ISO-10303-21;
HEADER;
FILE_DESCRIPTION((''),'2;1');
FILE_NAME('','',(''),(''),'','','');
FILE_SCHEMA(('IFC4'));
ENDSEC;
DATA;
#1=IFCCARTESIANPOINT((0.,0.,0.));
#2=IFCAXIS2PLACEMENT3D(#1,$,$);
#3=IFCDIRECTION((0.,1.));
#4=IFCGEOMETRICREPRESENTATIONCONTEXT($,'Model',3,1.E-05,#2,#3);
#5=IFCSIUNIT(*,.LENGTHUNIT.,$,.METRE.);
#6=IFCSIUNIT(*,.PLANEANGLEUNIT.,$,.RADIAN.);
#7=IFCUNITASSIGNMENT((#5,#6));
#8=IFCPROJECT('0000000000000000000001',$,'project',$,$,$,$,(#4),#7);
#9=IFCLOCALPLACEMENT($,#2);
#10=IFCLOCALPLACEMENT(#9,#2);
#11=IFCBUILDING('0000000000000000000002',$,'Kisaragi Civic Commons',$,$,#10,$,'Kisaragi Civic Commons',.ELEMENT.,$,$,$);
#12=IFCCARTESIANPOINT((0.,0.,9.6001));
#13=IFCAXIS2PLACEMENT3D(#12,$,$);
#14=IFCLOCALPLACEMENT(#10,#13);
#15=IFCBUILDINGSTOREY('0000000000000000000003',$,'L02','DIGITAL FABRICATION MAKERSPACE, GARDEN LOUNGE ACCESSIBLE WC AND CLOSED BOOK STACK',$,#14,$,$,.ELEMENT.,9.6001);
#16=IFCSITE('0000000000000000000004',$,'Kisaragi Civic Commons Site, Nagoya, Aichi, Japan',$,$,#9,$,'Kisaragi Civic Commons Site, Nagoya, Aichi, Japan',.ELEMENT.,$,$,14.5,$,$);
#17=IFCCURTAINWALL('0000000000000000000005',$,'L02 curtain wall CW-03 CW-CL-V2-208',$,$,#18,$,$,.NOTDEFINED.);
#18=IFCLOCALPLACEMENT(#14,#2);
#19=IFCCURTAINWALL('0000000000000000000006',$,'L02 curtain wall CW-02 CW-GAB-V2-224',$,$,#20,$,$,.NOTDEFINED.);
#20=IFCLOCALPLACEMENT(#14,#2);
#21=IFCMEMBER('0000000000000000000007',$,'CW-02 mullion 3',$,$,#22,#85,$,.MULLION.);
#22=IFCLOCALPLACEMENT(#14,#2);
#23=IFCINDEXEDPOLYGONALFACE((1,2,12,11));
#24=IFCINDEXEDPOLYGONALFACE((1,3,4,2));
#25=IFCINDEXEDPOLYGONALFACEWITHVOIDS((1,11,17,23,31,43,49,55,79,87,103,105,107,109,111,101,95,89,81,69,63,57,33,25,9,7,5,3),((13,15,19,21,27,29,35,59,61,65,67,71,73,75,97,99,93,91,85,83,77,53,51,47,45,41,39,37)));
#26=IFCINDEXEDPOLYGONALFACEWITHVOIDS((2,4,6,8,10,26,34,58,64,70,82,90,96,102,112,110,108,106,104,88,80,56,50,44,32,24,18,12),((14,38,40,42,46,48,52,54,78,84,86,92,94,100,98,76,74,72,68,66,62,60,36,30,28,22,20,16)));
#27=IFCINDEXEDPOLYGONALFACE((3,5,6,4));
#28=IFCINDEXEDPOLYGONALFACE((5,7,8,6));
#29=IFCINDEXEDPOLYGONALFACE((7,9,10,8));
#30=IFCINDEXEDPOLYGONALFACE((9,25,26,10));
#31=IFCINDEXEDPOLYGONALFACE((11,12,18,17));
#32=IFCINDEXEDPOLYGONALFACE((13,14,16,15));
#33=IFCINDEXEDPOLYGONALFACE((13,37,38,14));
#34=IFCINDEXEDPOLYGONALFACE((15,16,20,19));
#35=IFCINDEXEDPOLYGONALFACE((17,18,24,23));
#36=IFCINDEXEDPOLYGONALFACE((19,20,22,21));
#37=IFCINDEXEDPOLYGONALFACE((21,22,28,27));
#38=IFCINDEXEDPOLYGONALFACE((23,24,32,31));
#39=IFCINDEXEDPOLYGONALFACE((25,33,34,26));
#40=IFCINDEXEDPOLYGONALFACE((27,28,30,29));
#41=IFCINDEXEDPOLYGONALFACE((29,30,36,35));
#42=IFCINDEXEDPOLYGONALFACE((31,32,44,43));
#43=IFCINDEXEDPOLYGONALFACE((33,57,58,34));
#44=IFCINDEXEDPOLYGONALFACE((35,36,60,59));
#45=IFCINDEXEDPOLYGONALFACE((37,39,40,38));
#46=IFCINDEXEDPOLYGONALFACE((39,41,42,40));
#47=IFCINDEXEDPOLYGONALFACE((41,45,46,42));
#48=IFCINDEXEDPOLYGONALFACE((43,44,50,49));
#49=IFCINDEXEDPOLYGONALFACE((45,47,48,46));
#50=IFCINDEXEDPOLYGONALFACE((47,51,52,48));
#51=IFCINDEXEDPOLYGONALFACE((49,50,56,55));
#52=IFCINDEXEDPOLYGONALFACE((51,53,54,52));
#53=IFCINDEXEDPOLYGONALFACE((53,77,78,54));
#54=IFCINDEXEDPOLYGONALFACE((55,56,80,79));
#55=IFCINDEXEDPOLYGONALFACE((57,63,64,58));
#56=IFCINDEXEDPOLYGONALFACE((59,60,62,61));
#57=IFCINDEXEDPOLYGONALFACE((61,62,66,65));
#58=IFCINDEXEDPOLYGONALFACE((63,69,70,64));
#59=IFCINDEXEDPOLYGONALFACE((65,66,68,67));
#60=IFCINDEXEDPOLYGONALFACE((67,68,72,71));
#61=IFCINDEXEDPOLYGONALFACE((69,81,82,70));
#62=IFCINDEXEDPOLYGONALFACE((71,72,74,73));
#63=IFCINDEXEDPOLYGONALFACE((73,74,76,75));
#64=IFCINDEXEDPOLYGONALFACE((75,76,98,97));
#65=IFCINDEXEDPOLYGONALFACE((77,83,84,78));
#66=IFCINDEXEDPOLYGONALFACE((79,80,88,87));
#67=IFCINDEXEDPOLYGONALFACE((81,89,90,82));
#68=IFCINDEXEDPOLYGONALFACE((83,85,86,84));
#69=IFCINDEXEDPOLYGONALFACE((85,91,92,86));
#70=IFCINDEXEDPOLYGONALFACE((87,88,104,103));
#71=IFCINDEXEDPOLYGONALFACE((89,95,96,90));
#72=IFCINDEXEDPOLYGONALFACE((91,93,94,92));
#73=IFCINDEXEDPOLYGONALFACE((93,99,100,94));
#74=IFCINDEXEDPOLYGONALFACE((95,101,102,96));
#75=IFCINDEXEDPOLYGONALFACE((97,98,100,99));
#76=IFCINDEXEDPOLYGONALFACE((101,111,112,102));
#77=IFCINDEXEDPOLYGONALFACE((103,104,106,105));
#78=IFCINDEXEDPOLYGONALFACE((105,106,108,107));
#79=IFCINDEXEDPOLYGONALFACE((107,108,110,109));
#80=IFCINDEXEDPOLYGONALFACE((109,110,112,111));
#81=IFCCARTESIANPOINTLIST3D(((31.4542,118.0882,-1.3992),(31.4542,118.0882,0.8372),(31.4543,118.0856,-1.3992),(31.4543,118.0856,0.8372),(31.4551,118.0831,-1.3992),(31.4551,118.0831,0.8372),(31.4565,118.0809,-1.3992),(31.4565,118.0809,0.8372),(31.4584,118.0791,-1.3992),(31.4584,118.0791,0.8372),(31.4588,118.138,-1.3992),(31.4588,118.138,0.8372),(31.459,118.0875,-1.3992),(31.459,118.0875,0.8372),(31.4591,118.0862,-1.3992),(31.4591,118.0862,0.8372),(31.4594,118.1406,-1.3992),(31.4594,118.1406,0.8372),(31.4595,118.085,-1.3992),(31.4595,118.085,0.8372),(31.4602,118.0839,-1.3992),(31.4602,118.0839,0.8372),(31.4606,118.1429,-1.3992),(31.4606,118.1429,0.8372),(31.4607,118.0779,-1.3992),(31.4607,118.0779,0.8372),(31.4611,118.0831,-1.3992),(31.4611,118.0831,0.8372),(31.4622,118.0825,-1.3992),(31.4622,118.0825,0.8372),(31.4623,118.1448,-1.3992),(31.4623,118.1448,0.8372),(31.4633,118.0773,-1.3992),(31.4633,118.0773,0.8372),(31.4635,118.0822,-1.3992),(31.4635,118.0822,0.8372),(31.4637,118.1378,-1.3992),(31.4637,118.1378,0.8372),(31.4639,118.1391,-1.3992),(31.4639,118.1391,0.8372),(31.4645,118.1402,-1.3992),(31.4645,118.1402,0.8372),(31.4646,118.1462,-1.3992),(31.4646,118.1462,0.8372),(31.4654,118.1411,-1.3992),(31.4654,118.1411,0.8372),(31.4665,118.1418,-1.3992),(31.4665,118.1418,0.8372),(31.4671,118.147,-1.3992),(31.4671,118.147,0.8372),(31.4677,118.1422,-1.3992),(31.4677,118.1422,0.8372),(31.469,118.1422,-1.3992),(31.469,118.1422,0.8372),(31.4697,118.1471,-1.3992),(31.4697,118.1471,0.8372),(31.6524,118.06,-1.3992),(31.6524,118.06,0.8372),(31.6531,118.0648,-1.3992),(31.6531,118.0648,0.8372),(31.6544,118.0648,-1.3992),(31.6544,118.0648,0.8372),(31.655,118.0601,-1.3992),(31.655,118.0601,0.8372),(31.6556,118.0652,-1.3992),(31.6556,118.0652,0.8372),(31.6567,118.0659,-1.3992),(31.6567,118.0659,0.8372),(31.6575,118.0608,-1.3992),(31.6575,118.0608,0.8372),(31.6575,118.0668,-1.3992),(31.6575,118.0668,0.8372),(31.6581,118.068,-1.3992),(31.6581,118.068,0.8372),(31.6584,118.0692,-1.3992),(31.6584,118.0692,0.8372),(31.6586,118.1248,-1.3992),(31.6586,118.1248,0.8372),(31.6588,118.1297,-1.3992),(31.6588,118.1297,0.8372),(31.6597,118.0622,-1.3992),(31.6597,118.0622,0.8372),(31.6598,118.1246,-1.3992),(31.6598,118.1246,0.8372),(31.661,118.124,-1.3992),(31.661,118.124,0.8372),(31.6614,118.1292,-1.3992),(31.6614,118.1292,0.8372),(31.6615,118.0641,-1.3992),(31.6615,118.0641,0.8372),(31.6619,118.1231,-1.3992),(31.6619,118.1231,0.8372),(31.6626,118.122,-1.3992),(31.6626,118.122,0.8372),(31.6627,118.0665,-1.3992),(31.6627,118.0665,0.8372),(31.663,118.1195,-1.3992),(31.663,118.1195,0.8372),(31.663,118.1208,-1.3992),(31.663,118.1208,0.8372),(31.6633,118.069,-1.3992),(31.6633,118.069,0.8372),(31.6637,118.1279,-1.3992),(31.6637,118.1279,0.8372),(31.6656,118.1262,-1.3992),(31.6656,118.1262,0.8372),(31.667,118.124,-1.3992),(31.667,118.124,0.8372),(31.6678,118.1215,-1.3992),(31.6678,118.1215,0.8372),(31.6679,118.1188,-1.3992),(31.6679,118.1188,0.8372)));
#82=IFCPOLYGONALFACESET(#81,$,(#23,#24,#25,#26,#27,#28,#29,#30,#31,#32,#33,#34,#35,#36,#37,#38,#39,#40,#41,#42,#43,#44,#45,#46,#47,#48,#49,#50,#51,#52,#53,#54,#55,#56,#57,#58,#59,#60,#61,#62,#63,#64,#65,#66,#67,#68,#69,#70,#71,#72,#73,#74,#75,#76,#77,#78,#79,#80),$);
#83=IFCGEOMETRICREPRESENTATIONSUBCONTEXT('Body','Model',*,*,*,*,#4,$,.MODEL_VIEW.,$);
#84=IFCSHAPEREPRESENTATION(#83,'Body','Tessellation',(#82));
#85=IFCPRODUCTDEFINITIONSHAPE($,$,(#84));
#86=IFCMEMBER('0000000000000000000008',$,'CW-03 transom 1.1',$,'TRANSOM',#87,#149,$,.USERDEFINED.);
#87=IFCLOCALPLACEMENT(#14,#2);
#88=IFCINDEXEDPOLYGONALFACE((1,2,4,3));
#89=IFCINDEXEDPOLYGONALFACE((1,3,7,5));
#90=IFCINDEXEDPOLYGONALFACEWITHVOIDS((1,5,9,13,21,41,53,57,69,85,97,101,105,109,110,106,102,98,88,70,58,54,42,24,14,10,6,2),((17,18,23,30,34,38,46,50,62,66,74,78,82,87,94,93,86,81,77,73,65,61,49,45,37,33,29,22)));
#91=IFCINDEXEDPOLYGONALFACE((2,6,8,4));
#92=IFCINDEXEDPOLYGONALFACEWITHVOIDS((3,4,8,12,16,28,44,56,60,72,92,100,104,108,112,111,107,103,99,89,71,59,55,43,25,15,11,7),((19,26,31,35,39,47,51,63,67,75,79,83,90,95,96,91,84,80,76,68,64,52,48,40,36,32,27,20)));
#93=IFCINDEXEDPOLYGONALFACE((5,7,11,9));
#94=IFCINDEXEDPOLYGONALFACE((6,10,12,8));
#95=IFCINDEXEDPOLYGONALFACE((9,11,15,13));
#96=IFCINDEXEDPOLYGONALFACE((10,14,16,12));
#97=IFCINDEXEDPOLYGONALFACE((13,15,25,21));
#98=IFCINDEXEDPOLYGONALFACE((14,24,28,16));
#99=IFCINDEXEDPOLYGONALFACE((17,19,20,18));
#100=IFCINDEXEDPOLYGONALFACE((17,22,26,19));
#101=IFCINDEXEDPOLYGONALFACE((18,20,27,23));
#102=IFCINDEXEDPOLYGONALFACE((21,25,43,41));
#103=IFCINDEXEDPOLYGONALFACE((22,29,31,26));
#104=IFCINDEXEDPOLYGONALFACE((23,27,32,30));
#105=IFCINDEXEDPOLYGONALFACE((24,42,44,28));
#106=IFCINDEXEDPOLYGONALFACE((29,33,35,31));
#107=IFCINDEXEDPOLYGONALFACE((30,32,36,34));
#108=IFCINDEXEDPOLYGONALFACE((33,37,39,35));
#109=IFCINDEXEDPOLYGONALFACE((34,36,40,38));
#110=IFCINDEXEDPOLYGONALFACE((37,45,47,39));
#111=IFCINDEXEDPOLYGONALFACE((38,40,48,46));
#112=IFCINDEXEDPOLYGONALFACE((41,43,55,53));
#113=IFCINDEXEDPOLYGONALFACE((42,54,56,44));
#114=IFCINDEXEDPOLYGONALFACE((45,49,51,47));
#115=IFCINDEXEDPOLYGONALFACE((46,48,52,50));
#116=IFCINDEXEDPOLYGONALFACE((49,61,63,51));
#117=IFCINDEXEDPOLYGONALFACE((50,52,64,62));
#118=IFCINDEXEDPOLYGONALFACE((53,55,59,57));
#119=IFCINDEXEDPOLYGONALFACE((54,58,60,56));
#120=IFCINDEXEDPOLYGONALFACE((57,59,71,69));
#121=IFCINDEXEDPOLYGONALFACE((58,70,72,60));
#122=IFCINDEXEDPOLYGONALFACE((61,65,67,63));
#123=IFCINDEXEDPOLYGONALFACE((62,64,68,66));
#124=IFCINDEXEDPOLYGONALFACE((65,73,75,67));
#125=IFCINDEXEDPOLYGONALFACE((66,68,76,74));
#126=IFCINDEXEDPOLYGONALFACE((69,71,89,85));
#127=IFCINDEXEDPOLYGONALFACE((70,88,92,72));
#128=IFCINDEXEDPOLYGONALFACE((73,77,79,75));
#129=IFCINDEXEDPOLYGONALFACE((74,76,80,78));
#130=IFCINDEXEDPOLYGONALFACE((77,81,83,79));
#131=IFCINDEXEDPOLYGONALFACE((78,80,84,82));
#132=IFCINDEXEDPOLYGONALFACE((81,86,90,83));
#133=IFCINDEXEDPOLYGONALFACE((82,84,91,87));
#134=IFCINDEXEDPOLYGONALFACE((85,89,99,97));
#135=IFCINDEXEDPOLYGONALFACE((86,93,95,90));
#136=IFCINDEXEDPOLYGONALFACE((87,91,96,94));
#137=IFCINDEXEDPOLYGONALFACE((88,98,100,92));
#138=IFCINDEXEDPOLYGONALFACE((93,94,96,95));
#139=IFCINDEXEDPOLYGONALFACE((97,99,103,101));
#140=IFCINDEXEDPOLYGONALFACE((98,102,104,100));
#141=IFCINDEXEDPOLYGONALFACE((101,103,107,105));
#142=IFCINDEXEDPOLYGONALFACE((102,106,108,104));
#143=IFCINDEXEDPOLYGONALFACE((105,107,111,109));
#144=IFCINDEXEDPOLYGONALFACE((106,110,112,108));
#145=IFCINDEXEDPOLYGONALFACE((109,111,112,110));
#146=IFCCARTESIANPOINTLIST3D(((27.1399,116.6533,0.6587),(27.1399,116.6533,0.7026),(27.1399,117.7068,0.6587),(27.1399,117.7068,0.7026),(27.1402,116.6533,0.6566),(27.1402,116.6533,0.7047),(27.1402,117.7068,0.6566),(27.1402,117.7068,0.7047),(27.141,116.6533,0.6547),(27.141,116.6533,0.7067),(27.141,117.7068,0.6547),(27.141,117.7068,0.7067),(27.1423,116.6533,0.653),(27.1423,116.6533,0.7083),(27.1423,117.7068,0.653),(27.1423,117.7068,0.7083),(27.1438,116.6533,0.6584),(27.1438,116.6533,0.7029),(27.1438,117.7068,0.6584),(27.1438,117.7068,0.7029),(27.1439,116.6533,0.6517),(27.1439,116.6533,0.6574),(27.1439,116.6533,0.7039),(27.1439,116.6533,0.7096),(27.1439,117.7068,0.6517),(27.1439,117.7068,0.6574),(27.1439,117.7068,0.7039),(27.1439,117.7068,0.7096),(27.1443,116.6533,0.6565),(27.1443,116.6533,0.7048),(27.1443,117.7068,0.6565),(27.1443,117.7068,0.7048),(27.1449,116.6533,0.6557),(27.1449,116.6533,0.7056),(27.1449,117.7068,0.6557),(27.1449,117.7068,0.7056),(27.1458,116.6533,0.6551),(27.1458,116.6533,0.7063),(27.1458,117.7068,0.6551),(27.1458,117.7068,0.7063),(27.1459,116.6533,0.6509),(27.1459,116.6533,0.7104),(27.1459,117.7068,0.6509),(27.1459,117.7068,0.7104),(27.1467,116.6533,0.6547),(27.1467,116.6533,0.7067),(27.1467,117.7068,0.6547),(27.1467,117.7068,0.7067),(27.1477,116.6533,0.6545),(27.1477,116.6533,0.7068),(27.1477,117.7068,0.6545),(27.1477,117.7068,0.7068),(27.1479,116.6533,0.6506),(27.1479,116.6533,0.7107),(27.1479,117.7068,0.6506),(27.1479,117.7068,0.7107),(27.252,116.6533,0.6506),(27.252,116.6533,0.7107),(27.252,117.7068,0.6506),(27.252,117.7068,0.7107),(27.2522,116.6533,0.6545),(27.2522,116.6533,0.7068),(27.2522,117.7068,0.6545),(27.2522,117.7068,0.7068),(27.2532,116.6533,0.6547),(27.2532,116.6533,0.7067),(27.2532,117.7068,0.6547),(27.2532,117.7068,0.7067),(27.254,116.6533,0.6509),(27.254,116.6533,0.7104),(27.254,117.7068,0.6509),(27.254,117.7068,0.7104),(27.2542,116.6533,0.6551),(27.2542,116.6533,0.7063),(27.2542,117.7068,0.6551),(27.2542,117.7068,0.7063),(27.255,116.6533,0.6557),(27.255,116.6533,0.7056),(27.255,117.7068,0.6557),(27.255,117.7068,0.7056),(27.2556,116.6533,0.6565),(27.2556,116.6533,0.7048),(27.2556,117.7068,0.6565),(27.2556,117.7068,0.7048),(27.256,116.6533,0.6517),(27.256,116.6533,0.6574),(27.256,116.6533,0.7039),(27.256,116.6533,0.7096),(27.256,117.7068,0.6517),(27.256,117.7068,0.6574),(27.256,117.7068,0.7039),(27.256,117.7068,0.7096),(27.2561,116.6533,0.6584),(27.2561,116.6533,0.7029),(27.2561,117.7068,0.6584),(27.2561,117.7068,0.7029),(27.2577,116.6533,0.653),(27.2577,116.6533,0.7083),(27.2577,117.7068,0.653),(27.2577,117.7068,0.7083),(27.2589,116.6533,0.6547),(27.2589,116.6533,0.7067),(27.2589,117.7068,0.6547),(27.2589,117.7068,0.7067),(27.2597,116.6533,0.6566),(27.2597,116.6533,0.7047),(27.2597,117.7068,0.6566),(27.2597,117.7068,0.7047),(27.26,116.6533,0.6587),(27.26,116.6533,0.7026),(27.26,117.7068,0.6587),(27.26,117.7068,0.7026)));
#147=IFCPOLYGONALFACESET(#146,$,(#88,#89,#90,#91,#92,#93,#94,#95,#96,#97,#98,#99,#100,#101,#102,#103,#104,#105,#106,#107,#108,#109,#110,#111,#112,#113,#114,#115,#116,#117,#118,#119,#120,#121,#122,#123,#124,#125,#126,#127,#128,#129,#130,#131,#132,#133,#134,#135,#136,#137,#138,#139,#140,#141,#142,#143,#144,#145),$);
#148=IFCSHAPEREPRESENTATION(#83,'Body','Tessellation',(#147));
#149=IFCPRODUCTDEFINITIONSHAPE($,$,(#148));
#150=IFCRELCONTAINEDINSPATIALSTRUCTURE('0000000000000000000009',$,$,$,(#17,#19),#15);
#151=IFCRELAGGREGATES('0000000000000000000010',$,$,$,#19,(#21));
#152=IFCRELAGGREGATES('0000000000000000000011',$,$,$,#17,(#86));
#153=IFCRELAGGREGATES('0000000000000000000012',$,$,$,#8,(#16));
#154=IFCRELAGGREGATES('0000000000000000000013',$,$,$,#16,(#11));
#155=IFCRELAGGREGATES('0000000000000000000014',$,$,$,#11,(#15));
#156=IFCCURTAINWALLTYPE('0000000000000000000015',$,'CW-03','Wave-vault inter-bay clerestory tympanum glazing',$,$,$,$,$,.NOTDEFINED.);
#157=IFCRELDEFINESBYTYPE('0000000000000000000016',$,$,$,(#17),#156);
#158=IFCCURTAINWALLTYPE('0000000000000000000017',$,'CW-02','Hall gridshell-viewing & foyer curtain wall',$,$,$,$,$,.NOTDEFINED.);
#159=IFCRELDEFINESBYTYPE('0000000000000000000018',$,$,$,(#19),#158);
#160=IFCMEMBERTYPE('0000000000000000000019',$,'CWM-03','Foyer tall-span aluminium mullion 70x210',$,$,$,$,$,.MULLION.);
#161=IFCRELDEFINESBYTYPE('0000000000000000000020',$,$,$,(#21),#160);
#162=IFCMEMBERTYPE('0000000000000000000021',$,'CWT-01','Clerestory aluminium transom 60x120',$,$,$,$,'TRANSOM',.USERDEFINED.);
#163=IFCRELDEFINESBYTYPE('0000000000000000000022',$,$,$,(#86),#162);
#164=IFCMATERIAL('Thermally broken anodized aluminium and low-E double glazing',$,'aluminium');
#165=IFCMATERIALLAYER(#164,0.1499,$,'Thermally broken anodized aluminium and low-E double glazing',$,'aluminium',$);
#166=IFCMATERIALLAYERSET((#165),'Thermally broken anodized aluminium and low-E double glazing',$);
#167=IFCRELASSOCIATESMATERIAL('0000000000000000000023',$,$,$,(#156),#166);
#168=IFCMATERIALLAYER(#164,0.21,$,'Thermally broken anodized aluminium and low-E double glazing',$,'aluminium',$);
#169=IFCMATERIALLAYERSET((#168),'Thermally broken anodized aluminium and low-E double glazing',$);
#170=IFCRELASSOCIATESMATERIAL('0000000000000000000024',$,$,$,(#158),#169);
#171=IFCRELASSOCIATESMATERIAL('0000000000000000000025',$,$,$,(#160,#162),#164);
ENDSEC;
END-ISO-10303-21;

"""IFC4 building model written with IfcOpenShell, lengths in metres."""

from ifc_helpers import new_model, si_unit, direction, frame, origin, origin_2d, place, context, subcontext, project, spatial, hollow_rectangle, extrude, material, layer, layer_set, material_profile, profile_set, type_object, element, aggregate, save


model = new_model("IFC4")

# Units and contexts
model_context = context("Model", 3, precision=1e-05, world=origin(), true_north=direction((0.0, 1.0)))
body_context = subcontext(model_context, "Body", "Model", "MODEL_VIEW")
ifc_project = project(units=[si_unit("LENGTHUNIT", "METRE"), si_unit("PLANEANGLEUNIT", "RADIAN")], contexts=[model_context])

# Site, building, storey
site_placement = place(None, origin())
site = spatial("IfcSite", under=ifc_project, at=site_placement, Name="Kisaragi Civic Commons Site, Nagoya, Aichi, Japan", LongName="Kisaragi Civic Commons Site, Nagoya, Aichi, Japan", CompositionType="ELEMENT", RefElevation=14.5)
building_placement = place(site_placement, origin())
building = spatial("IfcBuilding", under=site, at=building_placement, Name="Kisaragi Civic Commons", LongName="Kisaragi Civic Commons", CompositionType="ELEMENT")
storey_placement = place(building_placement, frame((0.0, 0.0, 9.6001)))
storey = spatial("IfcBuildingStorey", under=building, at=storey_placement, Name="L02", Description="DIGITAL FABRICATION MAKERSPACE, GARDEN LOUNGE ACCESSIBLE WC AND CLOSED BOOK STACK", CompositionType="ELEMENT", Elevation=9.6001)

# Curtain walls, member
ifc_material_1 = material(Name="Thermally broken anodized aluminium and low-E double glazing", Category="aluminium")
ifc_layer_1 = layer(ifc_material_1, 0.1499, Name="Thermally broken anodized aluminium and low-E double glazing", Category="aluminium")
ifc_layer_set_1 = layer_set([ifc_layer_1], Name="Thermally broken anodized aluminium and low-E double glazing")
curtain_wall_type_1 = type_object("IfcCurtainWallType", Name="CW-03", Description="Wave-vault inter-bay clerestory tympanum glazing", PredefinedType="NOTDEFINED", material=ifc_layer_set_1)
curtain_wall_1_placement = place(storey_placement, origin())
curtain_wall_1 = element("IfcCurtainWall", 1, at=curtain_wall_1_placement, inside=storey, type_object=curtain_wall_type_1, Name="L02 curtain wall CW-03 CW-CL-V2-208", PredefinedType="NOTDEFINED")
ifc_layer_2 = layer(ifc_material_1, 0.21, Name="Thermally broken anodized aluminium and low-E double glazing", Category="aluminium")
ifc_layer_set_2 = layer_set([ifc_layer_2], Name="Thermally broken anodized aluminium and low-E double glazing")
curtain_wall_type_2 = type_object("IfcCurtainWallType", Name="CW-02", Description="Hall gridshell-viewing & foyer curtain wall", PredefinedType="NOTDEFINED", material=ifc_layer_set_2)
curtain_wall_2_placement = place(storey_placement, origin())
curtain_wall_2 = element("IfcCurtainWall", 2, at=curtain_wall_2_placement, inside=storey, type_object=curtain_wall_type_2, Name="L02 curtain wall CW-02 CW-GAB-V2-224", PredefinedType="NOTDEFINED")
ifc_material_profile_1 = material_profile(ifc_material_1, hollow_rectangle(XDim=0.0701, YDim=0.21, WallThickness=0.0049, InnerFilletRadius=0.0049, OuterFilletRadius=0.01, at=origin_2d()), Name="CWM-70x210x5", Category="aluminium")
ifc_profile_set_1 = profile_set([ifc_material_profile_1], Name="Thermally broken anodized aluminium and low-E double glazing")
member_type_1 = type_object("IfcMemberType", Name="CWM-03", Description="Foyer tall-span aluminium mullion 70x210", PredefinedType="MULLION", material=ifc_profile_set_1)
member_1_placement = place(storey_placement, frame((31.561, 118.1035, -1.3992), z_axis=(0.0, 0.0, 1.0), x_axis=(0.091332, 0.995821, 0.0)))
member_1 = element("IfcMember", 3, at=member_1_placement, type_object=member_type_1, Name="CW-02 mullion 3", PredefinedType="MULLION", context=body_context, shape_type="SweptSolid", body=[
    extrude(hollow_rectangle(XDim=0.0701, YDim=0.21, WallThickness=0.0049, InnerFilletRadius=0.0049, OuterFilletRadius=0.01, at=origin_2d()), origin(), (0.0, 0.0, 1.0), 2.2363),
])

# Member
ifc_material_profile_2 = material_profile(ifc_material_1, hollow_rectangle(XDim=0.1201, YDim=0.0601, WallThickness=0.0039, InnerFilletRadius=0.0039, OuterFilletRadius=0.0081, at=origin_2d()), Name="CWT-60x120x4", Category="aluminium")
ifc_profile_set_2 = profile_set([ifc_material_profile_2], Name="Thermally broken anodized aluminium and low-E double glazing")
member_type_2 = type_object("IfcMemberType", Name="CWT-01", Description="Clerestory aluminium transom 60x120", ElementType="TRANSOM", PredefinedType="USERDEFINED", material=ifc_profile_set_2)
member_2_placement = place(storey_placement, frame((27.2, 116.6533, 0.6807), z_axis=(0.0, 1.0, 0.0), x_axis=(-1.0, 0.0, 0.0)))
member_2 = element("IfcMember", 4, at=member_2_placement, type_object=member_type_2, Name="CW-03 transom 1.1", ObjectType="TRANSOM", PredefinedType="USERDEFINED", context=body_context, shape_type="SweptSolid", body=[
    extrude(hollow_rectangle(XDim=0.1201, YDim=0.0601, WallThickness=0.0039, InnerFilletRadius=0.0039, OuterFilletRadius=0.0081, at=origin_2d()), origin(), (0.0, 0.0, 1.0), 1.0535),
])

aggregate(curtain_wall_2, [member_1])
aggregate(curtain_wall_1, [member_2])

save(model, "model.ifc")
